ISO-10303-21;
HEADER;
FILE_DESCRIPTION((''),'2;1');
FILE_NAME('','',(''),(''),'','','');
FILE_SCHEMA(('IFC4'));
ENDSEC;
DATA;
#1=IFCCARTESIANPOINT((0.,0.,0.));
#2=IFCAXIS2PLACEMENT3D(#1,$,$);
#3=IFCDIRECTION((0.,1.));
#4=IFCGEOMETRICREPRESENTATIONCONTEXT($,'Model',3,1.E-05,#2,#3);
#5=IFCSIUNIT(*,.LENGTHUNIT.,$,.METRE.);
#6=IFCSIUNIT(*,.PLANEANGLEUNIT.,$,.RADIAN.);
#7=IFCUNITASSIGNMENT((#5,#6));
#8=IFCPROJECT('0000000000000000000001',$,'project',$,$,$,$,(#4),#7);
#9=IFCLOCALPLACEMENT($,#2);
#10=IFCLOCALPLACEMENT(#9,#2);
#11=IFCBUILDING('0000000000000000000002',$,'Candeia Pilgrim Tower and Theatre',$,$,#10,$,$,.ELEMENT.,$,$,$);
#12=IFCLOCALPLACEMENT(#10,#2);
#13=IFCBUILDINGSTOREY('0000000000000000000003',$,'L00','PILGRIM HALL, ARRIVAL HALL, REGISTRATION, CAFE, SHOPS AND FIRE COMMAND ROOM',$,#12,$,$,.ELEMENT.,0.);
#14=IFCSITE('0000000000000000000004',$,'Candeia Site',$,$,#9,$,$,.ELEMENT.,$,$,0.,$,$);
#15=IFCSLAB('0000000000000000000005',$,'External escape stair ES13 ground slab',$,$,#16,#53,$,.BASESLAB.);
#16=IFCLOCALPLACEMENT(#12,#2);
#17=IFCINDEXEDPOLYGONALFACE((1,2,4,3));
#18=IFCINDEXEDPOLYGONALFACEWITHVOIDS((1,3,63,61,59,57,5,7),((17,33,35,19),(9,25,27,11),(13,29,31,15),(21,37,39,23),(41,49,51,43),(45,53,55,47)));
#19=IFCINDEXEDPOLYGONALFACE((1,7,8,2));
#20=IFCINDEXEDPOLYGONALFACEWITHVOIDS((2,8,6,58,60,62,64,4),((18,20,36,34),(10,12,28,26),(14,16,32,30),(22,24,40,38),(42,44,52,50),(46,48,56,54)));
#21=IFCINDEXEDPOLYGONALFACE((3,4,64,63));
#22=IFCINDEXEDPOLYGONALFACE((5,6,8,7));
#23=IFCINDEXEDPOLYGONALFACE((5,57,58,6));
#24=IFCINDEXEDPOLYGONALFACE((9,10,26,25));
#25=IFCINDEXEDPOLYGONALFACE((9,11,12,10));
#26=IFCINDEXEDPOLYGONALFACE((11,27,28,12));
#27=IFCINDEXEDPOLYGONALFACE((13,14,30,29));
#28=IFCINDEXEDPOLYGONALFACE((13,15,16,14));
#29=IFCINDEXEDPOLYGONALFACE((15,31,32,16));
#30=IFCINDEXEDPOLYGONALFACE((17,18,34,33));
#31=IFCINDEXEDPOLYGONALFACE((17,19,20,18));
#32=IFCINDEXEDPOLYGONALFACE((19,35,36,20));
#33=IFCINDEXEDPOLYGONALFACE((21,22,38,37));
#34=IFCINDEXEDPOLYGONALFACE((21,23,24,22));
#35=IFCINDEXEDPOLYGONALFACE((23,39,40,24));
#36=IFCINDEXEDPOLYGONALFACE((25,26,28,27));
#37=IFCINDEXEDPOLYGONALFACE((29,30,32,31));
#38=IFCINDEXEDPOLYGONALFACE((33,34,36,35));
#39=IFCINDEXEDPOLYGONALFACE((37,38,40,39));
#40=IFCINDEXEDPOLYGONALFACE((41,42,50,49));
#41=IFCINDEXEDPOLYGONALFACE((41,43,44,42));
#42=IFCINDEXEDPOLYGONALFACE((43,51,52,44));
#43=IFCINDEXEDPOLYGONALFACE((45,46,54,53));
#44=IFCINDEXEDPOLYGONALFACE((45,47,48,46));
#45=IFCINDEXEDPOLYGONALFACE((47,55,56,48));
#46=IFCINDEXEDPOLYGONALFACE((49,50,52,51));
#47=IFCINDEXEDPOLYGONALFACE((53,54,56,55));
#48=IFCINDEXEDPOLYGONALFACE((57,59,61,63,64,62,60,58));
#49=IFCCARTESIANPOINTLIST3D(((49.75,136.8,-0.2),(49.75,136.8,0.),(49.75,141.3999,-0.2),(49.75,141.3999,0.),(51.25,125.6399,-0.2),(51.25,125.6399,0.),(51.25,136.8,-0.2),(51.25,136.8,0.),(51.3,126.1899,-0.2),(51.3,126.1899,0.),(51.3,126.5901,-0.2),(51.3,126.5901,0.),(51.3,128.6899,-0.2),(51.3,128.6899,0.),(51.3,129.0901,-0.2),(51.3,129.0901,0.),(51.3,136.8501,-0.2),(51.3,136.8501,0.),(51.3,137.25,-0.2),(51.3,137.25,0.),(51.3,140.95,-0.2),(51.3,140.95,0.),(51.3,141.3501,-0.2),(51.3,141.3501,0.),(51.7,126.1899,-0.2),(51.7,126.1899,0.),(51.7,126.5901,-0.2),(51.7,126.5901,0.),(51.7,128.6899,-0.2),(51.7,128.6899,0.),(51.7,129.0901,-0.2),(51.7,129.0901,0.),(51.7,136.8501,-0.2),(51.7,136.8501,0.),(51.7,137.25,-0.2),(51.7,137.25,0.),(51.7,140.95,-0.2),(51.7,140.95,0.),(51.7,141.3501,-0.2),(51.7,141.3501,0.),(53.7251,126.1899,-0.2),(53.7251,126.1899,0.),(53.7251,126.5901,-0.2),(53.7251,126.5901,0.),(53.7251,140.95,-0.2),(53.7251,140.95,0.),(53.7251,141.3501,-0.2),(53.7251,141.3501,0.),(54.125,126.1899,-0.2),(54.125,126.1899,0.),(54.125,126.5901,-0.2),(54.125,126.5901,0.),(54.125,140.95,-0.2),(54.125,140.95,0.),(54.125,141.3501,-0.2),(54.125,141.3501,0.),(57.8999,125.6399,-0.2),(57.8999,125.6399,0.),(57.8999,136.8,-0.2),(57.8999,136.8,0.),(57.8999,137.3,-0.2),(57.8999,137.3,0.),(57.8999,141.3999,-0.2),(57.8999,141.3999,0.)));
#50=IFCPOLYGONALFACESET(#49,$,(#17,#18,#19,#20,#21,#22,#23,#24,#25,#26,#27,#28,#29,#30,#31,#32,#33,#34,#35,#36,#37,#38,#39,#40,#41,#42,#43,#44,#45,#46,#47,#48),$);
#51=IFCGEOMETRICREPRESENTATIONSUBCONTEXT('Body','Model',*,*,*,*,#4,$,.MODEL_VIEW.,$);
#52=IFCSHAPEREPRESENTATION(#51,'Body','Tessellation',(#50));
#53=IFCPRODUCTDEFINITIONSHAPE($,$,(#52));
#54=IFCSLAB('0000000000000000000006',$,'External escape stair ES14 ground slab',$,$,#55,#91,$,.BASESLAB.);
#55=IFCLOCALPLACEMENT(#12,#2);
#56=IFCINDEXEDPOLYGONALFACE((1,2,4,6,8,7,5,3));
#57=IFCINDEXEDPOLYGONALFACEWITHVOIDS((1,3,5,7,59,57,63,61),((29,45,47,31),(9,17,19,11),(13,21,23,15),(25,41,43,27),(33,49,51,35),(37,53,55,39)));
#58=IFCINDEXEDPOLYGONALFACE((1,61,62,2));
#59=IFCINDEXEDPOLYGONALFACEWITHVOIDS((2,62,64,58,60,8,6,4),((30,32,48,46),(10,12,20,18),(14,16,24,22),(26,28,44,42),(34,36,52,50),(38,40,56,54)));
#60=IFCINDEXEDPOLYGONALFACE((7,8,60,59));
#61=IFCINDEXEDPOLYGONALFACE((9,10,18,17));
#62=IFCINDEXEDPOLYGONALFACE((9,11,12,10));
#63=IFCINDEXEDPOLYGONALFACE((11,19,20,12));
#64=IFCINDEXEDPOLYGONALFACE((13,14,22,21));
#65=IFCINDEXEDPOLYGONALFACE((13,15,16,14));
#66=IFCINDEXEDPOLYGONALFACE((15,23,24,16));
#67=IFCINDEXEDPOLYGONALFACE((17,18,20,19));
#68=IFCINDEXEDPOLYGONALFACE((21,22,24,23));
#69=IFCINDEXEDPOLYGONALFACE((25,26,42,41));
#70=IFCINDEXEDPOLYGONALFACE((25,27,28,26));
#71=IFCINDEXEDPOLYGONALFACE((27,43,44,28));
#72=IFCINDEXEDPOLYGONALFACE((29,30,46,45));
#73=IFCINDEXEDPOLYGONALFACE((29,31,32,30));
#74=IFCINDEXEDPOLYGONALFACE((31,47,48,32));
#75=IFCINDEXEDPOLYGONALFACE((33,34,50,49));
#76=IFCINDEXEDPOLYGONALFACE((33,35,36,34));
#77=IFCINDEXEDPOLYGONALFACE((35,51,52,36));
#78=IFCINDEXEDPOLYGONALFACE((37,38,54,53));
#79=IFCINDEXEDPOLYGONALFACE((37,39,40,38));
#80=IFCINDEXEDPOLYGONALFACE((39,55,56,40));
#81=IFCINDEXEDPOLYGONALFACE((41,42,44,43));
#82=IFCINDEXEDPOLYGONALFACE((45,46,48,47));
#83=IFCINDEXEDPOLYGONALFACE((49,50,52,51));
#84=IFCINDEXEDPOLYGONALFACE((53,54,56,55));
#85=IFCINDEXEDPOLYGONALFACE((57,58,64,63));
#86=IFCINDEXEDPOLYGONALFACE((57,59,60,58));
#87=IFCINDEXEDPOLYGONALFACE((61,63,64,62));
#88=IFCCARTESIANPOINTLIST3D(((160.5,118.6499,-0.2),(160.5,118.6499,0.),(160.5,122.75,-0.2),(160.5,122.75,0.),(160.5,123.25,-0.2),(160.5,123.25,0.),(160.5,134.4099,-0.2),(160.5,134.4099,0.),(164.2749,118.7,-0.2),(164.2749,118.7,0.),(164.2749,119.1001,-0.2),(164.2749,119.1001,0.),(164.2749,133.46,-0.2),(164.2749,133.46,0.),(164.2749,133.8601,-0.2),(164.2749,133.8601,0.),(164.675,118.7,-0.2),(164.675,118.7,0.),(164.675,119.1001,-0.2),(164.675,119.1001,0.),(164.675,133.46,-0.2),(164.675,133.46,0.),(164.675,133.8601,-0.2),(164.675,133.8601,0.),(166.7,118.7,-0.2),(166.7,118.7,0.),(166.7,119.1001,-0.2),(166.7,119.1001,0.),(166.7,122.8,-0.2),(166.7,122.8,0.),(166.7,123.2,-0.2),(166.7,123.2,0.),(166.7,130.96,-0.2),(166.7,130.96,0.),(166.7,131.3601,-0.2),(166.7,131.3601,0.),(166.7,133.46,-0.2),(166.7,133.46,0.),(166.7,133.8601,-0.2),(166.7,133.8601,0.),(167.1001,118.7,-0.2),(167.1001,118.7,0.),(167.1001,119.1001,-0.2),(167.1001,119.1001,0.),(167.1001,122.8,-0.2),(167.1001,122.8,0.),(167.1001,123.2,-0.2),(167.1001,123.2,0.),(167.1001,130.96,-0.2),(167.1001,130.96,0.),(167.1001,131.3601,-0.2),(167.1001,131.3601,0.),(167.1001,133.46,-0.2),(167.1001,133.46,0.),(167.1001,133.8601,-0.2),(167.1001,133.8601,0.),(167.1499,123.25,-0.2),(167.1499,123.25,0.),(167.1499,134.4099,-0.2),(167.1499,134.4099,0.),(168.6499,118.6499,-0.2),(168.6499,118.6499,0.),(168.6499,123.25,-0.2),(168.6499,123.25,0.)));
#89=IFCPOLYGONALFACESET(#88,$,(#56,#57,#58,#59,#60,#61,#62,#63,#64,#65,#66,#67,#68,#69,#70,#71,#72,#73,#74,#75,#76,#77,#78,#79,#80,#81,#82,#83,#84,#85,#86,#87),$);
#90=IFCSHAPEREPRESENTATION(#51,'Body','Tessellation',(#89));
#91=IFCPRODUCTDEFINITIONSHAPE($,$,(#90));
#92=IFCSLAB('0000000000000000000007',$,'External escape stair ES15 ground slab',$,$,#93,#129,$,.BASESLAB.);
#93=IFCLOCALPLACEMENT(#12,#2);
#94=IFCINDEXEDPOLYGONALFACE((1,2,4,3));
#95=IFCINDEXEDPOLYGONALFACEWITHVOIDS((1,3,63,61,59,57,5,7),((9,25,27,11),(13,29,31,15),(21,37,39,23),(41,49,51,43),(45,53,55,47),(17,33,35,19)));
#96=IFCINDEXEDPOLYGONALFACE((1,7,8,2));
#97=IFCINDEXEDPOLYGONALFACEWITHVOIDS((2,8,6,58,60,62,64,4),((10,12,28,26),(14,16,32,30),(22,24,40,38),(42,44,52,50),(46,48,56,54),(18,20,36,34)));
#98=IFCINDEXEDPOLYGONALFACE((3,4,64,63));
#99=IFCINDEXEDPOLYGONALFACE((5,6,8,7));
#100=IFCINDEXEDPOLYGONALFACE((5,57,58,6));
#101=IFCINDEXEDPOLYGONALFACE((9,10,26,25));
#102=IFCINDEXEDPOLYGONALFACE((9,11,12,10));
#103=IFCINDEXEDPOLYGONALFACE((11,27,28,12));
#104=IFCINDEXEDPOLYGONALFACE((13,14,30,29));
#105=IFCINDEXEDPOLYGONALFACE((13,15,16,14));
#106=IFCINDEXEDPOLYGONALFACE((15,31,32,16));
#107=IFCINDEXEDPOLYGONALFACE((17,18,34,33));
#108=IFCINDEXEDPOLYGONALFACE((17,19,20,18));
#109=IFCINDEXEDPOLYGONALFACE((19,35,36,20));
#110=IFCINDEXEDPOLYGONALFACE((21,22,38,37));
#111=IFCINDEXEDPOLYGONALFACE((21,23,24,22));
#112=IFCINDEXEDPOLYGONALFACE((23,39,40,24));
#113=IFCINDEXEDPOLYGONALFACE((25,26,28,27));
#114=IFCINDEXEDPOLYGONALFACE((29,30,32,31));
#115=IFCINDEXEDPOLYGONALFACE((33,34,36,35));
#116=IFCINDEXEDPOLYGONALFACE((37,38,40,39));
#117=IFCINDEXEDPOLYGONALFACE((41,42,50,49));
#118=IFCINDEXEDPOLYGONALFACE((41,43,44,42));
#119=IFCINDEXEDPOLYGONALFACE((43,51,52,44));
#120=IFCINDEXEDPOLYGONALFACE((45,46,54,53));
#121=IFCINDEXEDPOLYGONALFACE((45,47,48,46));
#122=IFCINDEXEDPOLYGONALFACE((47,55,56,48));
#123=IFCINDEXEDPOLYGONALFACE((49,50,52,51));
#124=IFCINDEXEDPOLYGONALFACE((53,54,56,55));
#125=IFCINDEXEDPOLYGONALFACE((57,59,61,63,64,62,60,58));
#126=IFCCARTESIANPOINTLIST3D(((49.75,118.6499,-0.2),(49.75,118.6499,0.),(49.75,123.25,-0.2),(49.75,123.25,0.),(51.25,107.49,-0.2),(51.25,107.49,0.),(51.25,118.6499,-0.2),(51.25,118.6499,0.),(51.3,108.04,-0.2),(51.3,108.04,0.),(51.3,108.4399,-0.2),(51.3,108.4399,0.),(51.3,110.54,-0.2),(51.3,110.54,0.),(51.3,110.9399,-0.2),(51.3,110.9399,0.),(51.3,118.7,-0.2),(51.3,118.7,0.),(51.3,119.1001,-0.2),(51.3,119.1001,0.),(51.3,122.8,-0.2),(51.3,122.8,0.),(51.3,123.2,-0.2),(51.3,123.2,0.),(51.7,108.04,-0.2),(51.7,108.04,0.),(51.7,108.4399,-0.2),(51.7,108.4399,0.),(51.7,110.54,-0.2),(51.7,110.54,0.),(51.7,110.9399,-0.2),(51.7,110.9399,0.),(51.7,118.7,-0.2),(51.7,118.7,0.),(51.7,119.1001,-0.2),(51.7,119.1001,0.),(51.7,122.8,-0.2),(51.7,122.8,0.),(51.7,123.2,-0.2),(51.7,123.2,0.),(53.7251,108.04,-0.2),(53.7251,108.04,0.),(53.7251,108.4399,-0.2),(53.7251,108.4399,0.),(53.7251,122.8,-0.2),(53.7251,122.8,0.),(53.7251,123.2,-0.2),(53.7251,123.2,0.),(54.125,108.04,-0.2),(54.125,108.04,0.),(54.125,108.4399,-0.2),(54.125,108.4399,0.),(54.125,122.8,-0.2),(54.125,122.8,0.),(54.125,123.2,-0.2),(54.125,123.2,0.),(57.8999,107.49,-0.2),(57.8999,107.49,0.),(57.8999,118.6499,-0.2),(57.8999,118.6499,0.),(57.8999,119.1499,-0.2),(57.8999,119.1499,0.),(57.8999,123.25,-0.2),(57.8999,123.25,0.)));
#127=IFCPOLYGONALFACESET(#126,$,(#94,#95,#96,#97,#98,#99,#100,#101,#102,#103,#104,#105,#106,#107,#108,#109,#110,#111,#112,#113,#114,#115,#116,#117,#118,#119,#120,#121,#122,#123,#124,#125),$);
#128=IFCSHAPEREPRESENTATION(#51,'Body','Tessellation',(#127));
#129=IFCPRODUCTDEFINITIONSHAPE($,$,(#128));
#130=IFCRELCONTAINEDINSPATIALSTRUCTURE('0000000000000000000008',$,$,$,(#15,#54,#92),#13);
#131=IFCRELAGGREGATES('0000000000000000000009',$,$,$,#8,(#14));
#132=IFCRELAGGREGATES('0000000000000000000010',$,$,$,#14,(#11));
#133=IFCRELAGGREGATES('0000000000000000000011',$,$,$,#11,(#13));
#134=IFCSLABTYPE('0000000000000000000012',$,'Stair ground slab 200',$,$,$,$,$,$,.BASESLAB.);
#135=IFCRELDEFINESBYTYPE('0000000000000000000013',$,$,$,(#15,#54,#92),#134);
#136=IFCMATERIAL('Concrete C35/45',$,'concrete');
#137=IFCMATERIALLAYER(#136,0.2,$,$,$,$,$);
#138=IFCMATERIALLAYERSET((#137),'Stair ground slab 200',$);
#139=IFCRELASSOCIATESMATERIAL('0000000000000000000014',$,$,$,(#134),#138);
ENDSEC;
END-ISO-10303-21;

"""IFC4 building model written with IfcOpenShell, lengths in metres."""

from ifc_helpers import new_model, si_unit, direction, frame, origin, place, context, subcontext, project, spatial, polyline, outline, extrude, material, layer, layer_set, type_object, element, save


model = new_model("IFC4")

# Units and contexts
model_context = context("Model", 3, precision=1e-05, world=origin(), true_north=direction((0.0, 1.0)))
body_context = subcontext(model_context, "Body", "Model", "MODEL_VIEW")
ifc_project = project(units=[si_unit("LENGTHUNIT", "METRE"), si_unit("PLANEANGLEUNIT", "RADIAN")], contexts=[model_context])

# Site, building, storey
site_placement = place(None, origin())
site = spatial("IfcSite", under=ifc_project, at=site_placement, Name="Candeia Site", CompositionType="ELEMENT", RefElevation=0.0)
building_placement = place(site_placement, origin())
building = spatial("IfcBuilding", under=site, at=building_placement, Name="Candeia Pilgrim Tower and Theatre", CompositionType="ELEMENT")
storey_placement = place(building_placement, origin())
storey = spatial("IfcBuildingStorey", under=building, at=storey_placement, Name="L00", Description="PILGRIM HALL, ARRIVAL HALL, REGISTRATION, CAFE, SHOPS AND FIRE COMMAND ROOM", CompositionType="ELEMENT", Elevation=0.0)

# Shared definitions
ifc_material_1 = material(Name="Concrete C35/45", Category="concrete")

# Slabs
ifc_layer_1 = layer(ifc_material_1, 0.2)
ifc_layer_set_1 = layer_set([ifc_layer_1], Name="Stair ground slab 200")
slab_type_1 = type_object("IfcSlabType", Name="Stair ground slab 200", PredefinedType="BASESLAB", material=ifc_layer_set_1)
slab_1_placement = place(storey_placement, frame((0.0, 0.0, -0.2)))
element("IfcSlab", 1, at=slab_1_placement, inside=storey, type_object=slab_type_1, Name="External escape stair ES13 ground slab", PredefinedType="BASESLAB", context=body_context, shape_type="SweptSolid", body=[
    extrude(outline(polyline([(51.25, 125.6399), (51.25, 136.8), (49.75, 136.8), (49.75, 141.3999), (57.8999, 141.3999), (57.8999, 137.3), (57.8999, 136.8), (57.8999, 125.6399), (51.25, 125.6399)]), holes=[polyline([(51.7, 126.1899), (51.7, 126.5901), (51.3, 126.5901), (51.3, 126.1899), (51.7, 126.1899)]), polyline([(53.7251, 126.1899), (54.125, 126.1899), (54.125, 126.5901), (53.7251, 126.5901), (53.7251, 126.1899)]), polyline([(51.3, 128.6899), (51.7, 128.6899), (51.7, 129.0901), (51.3, 129.0901), (51.3, 128.6899)]), polyline([(51.7, 136.8501), (51.7, 137.25), (51.3, 137.25), (51.3, 136.8501), (51.7, 136.8501)]), polyline([(51.3, 140.95), (51.7, 140.95), (51.7, 141.3501), (51.3, 141.3501), (51.3, 140.95)]), polyline([(53.7251, 140.95), (54.125, 140.95), (54.125, 141.3501), (53.7251, 141.3501), (53.7251, 140.95)])]), origin(), (0.0, 0.0, 1.0), 0.2),
])
slab_2_placement = place(storey_placement, frame((0.0, 0.0, -0.2)))
element("IfcSlab", 2, at=slab_2_placement, inside=storey, type_object=slab_type_1, Name="External escape stair ES14 ground slab", PredefinedType="BASESLAB", context=body_context, shape_type="SweptSolid", body=[
    extrude(outline(polyline([(160.5, 134.4099), (167.1499, 134.4099), (167.1499, 123.25), (168.6499, 123.25), (168.6499, 118.6499), (160.5, 118.6499), (160.5, 122.75), (160.5, 123.25), (160.5, 134.4099)]), holes=[polyline([(164.675, 118.7), (164.675, 119.1001), (164.2749, 119.1001), (164.2749, 118.7), (164.675, 118.7)]), polyline([(166.7, 118.7), (167.1001, 118.7), (167.1001, 119.1001), (166.7, 119.1001), (166.7, 118.7)]), polyline([(166.7, 122.8), (167.1001, 122.8), (167.1001, 123.2), (166.7, 123.2), (166.7, 122.8)]), polyline([(167.1001, 130.96), (167.1001, 131.3601), (166.7, 131.3601), (166.7, 130.96), (167.1001, 130.96)]), polyline([(164.2749, 133.46), (164.675, 133.46), (164.675, 133.8601), (164.2749, 133.8601), (164.2749, 133.46)]), polyline([(166.7, 133.46), (167.1001, 133.46), (167.1001, 133.8601), (166.7, 133.8601), (166.7, 133.46)])]), origin(), (0.0, 0.0, 1.0), 0.2),
])
slab_3_placement = place(storey_placement, frame((0.0, 0.0, -0.2)))
element("IfcSlab", 3, at=slab_3_placement, inside=storey, type_object=slab_type_1, Name="External escape stair ES15 ground slab", PredefinedType="BASESLAB", context=body_context, shape_type="SweptSolid", body=[
    extrude(outline(polyline([(51.25, 107.49), (51.25, 118.6499), (49.75, 118.6499), (49.75, 123.25), (57.8999, 123.25), (57.8999, 119.1499), (57.8999, 118.6499), (57.8999, 107.49), (51.25, 107.49)]), holes=[polyline([(51.7, 108.04), (51.7, 108.4399), (51.3, 108.4399), (51.3, 108.04), (51.7, 108.04)]), polyline([(53.7251, 108.04), (54.125, 108.04), (54.125, 108.4399), (53.7251, 108.4399), (53.7251, 108.04)]), polyline([(51.3, 110.54), (51.7, 110.54), (51.7, 110.9399), (51.3, 110.9399), (51.3, 110.54)]), polyline([(51.7, 118.7), (51.7, 119.1001), (51.3, 119.1001), (51.3, 118.7), (51.7, 118.7)]), polyline([(51.3, 122.8), (51.7, 122.8), (51.7, 123.2), (51.3, 123.2), (51.3, 122.8)]), polyline([(53.7251, 122.8), (54.125, 122.8), (54.125, 123.2), (53.7251, 123.2), (53.7251, 122.8)])]), origin(), (0.0, 0.0, 1.0), 0.2),
])

save(model, "model.ifc")
